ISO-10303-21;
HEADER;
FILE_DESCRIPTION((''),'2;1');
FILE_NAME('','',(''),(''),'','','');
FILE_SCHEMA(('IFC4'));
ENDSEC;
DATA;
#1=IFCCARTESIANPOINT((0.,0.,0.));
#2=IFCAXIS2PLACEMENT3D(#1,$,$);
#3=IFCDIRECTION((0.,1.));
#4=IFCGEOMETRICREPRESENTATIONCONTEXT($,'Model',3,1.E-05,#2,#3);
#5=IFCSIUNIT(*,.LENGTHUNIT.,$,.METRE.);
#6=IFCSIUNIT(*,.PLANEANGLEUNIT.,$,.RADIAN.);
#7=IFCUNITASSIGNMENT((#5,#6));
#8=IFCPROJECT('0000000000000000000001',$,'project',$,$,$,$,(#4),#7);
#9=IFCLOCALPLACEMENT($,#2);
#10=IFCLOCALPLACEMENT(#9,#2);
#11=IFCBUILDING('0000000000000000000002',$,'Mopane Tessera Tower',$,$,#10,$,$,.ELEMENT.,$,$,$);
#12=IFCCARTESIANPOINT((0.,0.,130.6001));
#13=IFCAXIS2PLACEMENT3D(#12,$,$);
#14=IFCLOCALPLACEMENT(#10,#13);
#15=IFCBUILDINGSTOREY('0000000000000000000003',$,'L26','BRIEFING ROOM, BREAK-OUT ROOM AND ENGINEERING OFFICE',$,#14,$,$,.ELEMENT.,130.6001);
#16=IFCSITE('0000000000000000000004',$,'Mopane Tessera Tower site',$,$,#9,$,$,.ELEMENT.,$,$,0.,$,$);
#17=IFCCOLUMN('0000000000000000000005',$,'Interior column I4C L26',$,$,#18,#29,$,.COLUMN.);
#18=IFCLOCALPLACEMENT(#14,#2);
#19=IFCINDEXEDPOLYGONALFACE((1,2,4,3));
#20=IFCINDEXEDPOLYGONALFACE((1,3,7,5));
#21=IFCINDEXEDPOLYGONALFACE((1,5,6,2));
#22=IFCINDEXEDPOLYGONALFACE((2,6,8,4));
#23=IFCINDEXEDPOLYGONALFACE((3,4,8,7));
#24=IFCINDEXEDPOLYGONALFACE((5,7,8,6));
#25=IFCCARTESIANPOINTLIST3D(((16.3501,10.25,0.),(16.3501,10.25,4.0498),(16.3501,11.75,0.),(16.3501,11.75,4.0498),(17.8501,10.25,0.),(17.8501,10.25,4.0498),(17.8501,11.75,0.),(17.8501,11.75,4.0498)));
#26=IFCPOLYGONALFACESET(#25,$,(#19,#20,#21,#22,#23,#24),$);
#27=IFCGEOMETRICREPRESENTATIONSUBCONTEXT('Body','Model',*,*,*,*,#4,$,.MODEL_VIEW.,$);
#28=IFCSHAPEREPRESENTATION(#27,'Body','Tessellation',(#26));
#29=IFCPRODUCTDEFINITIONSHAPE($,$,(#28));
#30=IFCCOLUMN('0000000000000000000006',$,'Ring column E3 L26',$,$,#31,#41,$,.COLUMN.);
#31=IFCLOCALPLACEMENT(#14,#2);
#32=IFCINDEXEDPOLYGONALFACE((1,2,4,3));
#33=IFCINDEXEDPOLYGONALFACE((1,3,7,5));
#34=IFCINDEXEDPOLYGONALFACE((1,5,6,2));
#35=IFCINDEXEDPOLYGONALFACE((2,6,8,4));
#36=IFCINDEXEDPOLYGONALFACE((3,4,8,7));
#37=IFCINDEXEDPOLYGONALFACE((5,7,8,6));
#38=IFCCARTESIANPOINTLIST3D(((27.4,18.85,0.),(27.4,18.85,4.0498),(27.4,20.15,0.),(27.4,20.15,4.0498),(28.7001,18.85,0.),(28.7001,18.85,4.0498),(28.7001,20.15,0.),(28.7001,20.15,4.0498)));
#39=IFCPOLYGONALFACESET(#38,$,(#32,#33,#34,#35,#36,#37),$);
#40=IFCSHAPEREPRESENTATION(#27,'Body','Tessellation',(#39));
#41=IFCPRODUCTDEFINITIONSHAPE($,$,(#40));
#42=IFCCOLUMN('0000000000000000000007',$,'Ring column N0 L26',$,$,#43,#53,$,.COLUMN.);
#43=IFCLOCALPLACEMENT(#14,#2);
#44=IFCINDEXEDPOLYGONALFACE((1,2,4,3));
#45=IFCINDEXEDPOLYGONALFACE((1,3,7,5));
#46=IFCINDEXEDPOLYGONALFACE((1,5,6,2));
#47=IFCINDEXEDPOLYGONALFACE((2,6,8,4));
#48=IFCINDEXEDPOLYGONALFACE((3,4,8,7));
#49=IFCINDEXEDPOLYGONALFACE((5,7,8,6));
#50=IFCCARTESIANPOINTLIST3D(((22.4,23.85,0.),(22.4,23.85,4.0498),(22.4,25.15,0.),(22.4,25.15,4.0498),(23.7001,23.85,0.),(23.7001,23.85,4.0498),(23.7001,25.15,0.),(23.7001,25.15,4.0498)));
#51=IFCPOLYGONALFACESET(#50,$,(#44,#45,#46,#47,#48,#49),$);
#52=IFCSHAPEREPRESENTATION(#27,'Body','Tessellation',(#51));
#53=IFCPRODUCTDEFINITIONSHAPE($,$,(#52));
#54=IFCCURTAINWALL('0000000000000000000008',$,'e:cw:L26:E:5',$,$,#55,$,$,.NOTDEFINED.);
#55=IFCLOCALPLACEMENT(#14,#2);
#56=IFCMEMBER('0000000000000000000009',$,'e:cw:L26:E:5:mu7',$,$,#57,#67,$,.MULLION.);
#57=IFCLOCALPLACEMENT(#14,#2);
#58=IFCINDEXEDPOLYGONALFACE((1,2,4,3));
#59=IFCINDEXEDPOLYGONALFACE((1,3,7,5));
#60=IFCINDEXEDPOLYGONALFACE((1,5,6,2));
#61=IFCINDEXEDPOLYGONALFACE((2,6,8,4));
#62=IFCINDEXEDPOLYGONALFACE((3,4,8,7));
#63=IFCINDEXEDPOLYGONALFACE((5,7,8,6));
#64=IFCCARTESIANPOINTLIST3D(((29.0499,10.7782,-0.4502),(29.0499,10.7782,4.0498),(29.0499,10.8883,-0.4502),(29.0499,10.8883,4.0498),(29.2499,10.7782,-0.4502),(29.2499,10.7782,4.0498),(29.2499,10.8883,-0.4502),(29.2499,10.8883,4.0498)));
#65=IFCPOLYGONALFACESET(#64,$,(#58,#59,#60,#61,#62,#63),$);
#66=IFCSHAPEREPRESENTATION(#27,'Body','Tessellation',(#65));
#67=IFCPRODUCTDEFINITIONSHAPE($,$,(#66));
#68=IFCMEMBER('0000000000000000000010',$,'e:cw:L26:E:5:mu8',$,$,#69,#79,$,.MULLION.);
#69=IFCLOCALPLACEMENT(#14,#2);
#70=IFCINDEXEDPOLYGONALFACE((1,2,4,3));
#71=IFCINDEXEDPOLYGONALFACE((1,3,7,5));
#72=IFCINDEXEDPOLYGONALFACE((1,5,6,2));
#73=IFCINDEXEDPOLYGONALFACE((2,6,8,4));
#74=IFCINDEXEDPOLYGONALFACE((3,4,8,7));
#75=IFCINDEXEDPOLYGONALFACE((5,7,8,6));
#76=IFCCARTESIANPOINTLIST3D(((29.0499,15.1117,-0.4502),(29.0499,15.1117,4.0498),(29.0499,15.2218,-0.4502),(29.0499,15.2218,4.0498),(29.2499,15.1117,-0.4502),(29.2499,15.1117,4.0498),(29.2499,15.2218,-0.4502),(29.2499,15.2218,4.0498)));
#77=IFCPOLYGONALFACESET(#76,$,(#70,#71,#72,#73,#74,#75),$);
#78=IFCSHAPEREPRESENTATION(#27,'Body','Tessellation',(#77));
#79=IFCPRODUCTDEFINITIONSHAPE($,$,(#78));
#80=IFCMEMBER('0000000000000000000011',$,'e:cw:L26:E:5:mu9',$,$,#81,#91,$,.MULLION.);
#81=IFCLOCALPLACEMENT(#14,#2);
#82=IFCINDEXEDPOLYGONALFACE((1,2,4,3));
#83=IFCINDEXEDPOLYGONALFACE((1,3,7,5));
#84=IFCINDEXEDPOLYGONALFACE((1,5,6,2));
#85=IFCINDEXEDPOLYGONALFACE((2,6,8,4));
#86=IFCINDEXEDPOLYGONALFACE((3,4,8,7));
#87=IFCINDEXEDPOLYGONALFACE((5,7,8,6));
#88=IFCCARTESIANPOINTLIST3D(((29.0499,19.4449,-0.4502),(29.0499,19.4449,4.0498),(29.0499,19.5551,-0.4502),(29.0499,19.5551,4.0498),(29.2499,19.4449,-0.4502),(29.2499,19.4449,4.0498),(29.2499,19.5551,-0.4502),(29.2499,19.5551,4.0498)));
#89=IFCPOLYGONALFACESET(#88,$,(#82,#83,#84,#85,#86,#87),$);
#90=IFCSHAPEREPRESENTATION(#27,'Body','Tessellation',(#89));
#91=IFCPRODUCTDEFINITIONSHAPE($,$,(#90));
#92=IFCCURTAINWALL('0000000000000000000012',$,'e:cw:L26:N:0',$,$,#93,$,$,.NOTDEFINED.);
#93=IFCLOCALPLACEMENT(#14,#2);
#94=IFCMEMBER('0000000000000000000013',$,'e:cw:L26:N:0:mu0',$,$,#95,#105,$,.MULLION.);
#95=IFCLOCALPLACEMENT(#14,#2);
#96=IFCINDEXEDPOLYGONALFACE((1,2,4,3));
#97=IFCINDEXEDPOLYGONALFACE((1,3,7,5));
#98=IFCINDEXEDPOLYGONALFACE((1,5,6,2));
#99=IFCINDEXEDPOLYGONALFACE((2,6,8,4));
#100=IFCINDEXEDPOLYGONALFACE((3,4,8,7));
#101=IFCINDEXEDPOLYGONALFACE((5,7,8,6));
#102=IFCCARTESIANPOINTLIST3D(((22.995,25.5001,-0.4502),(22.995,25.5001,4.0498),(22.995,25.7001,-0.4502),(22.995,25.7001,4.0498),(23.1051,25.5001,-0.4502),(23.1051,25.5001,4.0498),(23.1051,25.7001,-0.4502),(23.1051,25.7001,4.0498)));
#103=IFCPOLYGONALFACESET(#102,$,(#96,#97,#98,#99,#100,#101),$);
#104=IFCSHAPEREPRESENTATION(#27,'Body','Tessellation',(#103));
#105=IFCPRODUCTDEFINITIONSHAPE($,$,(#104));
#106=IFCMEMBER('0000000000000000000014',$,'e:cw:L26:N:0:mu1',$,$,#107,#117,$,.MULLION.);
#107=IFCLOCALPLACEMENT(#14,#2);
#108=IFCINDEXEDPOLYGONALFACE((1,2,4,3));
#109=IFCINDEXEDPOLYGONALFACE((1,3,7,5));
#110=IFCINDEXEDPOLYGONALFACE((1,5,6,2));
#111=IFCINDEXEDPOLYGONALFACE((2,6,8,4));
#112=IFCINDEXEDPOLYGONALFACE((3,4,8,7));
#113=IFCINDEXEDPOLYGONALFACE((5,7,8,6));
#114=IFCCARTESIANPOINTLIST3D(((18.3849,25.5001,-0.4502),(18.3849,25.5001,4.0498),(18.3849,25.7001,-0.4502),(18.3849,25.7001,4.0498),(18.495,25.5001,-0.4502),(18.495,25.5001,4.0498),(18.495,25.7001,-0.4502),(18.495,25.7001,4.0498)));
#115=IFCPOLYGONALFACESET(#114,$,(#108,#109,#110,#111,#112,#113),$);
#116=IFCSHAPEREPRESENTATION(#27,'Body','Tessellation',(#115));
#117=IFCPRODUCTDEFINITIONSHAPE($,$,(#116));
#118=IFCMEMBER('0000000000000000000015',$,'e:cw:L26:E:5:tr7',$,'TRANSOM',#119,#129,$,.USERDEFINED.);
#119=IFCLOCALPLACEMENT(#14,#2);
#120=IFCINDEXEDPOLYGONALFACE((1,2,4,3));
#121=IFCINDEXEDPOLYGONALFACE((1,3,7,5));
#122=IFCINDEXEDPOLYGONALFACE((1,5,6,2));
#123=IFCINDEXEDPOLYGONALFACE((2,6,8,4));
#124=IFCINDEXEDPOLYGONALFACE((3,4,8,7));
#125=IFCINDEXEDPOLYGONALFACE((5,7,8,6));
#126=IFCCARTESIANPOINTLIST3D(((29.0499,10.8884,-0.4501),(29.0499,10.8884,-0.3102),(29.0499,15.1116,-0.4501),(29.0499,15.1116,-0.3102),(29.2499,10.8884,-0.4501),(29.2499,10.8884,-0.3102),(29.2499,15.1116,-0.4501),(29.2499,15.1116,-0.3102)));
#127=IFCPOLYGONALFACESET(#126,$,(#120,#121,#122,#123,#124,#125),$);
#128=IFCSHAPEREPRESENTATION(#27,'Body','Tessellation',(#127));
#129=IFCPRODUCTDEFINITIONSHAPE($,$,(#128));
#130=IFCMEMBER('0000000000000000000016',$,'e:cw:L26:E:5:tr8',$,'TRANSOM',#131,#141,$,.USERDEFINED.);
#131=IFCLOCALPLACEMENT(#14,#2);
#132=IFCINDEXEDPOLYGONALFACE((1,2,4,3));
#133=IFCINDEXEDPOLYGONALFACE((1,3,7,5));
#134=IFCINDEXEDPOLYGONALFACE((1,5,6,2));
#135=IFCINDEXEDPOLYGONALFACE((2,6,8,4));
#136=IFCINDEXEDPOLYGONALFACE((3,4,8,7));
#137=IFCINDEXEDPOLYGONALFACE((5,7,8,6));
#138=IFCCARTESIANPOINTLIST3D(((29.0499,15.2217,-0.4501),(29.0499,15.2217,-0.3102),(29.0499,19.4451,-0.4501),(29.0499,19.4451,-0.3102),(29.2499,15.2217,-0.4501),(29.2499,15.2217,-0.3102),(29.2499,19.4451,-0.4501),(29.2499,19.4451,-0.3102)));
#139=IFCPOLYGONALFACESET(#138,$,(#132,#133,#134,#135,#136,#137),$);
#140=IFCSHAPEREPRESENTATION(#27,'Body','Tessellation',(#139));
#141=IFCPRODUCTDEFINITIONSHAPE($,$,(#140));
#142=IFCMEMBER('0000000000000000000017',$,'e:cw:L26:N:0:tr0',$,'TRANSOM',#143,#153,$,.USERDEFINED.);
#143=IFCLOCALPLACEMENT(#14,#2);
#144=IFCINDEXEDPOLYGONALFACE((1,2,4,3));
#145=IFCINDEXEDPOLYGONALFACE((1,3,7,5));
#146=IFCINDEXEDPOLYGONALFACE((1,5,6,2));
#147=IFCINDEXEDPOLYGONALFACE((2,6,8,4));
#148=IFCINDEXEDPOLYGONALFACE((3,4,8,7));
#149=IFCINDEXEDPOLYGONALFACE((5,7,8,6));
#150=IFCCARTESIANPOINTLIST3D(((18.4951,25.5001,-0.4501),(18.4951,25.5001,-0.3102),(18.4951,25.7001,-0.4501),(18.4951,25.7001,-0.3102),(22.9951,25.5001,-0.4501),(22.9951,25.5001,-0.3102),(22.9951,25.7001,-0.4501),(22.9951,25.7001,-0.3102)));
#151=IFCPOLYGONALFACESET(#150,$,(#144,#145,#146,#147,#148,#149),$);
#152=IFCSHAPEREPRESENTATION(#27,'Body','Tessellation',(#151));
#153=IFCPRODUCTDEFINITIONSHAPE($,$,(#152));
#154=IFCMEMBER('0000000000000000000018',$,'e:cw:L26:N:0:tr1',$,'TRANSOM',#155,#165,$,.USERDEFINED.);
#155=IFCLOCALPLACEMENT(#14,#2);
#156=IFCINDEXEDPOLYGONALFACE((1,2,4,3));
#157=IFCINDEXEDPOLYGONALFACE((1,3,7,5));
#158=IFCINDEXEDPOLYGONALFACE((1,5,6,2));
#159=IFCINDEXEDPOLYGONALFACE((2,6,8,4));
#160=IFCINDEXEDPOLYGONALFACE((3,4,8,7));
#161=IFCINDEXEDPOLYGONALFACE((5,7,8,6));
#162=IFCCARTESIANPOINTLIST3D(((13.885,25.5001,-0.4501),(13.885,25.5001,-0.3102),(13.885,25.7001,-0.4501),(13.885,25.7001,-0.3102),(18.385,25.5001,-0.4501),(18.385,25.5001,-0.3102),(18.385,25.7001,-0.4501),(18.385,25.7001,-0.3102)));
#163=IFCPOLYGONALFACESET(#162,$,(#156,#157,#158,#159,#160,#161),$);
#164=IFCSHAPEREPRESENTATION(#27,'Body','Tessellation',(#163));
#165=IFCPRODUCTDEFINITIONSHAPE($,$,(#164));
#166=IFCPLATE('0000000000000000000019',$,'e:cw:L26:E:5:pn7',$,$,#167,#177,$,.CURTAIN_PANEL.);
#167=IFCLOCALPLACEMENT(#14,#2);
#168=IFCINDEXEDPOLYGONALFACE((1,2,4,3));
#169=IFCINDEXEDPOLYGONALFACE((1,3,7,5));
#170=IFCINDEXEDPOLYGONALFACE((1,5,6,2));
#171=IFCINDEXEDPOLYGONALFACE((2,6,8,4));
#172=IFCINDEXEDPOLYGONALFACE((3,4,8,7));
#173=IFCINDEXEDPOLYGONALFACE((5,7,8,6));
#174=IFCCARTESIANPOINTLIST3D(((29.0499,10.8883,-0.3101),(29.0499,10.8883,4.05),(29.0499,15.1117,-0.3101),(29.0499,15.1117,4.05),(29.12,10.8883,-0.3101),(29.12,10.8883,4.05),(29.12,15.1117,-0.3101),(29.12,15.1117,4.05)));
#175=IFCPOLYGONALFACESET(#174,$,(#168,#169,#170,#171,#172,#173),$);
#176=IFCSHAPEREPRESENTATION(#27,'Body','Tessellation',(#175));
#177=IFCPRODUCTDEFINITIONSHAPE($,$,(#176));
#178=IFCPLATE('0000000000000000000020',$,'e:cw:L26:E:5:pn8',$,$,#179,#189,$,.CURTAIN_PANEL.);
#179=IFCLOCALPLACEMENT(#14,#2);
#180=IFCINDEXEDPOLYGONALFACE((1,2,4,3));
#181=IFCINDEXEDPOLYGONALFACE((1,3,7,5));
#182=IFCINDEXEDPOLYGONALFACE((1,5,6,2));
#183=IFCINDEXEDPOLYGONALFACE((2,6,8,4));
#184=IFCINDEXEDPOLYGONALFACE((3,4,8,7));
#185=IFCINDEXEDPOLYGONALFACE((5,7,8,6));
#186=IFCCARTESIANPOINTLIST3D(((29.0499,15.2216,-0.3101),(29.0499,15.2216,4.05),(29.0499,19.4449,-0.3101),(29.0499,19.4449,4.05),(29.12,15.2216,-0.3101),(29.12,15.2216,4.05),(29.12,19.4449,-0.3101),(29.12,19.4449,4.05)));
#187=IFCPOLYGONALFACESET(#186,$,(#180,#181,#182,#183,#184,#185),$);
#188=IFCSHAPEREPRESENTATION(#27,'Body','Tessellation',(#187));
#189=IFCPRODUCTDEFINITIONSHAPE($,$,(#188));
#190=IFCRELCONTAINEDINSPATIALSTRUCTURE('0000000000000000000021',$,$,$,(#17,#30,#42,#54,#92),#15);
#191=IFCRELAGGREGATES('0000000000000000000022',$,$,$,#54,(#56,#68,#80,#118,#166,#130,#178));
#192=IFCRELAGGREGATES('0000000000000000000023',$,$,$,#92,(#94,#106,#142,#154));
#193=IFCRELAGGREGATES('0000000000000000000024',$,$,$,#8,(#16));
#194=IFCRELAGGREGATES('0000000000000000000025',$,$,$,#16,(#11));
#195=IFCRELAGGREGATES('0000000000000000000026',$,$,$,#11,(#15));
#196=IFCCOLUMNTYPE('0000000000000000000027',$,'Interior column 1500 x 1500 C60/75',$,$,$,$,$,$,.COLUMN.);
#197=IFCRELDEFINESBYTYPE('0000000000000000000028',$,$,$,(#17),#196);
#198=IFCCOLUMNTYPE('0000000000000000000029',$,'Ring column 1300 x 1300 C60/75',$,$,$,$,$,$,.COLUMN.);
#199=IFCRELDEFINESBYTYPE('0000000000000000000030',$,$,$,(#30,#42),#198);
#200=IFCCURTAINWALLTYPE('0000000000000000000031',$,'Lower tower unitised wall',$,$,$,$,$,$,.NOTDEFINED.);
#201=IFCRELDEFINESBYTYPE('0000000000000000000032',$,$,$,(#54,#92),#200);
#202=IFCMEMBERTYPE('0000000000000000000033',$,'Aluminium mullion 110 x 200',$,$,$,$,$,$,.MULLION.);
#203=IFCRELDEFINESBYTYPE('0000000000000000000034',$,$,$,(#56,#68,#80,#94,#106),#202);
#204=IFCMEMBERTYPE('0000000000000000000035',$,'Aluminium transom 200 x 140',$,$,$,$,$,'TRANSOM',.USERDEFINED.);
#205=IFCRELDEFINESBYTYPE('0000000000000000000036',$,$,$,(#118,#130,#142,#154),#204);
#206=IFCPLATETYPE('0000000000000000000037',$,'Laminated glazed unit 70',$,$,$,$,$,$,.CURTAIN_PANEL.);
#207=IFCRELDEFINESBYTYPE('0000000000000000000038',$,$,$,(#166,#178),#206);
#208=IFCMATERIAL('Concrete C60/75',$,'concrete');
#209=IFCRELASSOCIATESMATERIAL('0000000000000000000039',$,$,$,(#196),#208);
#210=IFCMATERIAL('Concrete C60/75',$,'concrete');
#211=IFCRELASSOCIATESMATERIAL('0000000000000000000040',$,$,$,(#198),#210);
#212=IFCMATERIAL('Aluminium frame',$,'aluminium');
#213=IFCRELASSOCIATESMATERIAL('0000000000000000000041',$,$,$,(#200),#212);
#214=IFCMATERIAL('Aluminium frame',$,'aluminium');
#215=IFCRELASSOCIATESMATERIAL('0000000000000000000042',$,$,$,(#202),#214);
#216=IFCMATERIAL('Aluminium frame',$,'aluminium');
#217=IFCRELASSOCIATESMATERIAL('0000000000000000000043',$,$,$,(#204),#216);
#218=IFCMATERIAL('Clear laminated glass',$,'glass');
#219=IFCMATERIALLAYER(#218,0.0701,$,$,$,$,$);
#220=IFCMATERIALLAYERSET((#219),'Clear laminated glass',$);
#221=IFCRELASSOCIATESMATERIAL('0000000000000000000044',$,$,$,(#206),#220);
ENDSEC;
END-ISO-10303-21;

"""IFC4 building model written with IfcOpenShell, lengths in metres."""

from ifc_helpers import new_model, si_unit, direction, frame, origin, origin_2d, place, context, subcontext, project, spatial, rectangle, extrude, material, layer, layer_set, material_profile, profile_set, type_object, element, aggregate, save


model = new_model("IFC4")

# Units and contexts
model_context = context("Model", 3, precision=1e-05, world=origin(), true_north=direction((0.0, 1.0)))
body_context = subcontext(model_context, "Body", "Model", "MODEL_VIEW")
ifc_project = project(units=[si_unit("LENGTHUNIT", "METRE"), si_unit("PLANEANGLEUNIT", "RADIAN")], contexts=[model_context])

# Site, building, storey
site_placement = place(None, origin())
site = spatial("IfcSite", under=ifc_project, at=site_placement, Name="Mopane Tessera Tower site", CompositionType="ELEMENT", RefElevation=0.0)
building_placement = place(site_placement, origin())
building = spatial("IfcBuilding", under=site, at=building_placement, Name="Mopane Tessera Tower", CompositionType="ELEMENT")
storey_placement = place(building_placement, frame((0.0, 0.0, 130.6001)))
storey = spatial("IfcBuildingStorey", under=building, at=storey_placement, Name="L26", Description="BRIEFING ROOM, BREAK-OUT ROOM AND ENGINEERING OFFICE", CompositionType="ELEMENT", Elevation=130.6001)

# Columns
ifc_material_1 = material(Name="Concrete C60/75", Category="concrete")
ifc_material_profile_1 = material_profile(ifc_material_1, rectangle(XDim=1.5, YDim=1.5, at=origin_2d()))
ifc_profile_set_1 = profile_set([ifc_material_profile_1], Name="Concrete C60/75")
column_type_1 = type_object("IfcColumnType", Name="Interior column 1500 x 1500 C60/75", PredefinedType="COLUMN", material=ifc_profile_set_1)
column_placement = place(storey_placement, frame((17.1001, 11.0, 0.0), z_axis=(0.0, 0.0, 1.0), x_axis=(1.0, 0.0, 0.0)))
element("IfcColumn", 1, at=column_placement, inside=storey, type_object=column_type_1, Name="Interior column I4C L26", PredefinedType="COLUMN", context=body_context, shape_type="SweptSolid", body=[
    extrude(rectangle(XDim=1.5, YDim=1.5, at=origin_2d()), origin(), (0.0, 0.0, 1.0), 4.0498),
])
ifc_material_2 = material(Name="Concrete C60/75", Category="concrete")
ifc_material_profile_2 = material_profile(ifc_material_2, rectangle(XDim=1.3, YDim=1.3, at=origin_2d()))
ifc_profile_set_2 = profile_set([ifc_material_profile_2], Name="Concrete C60/75")
column_type_2 = type_object("IfcColumnType", Name="Ring column 1300 x 1300 C60/75", PredefinedType="COLUMN", material=ifc_profile_set_2)
for number, where, z_axis, x_axis, name in (
    (2, (28.05, 19.5, 0.0), (0.0, 0.0, 1.0), (1.0, 0.0, 0.0), "Ring column E3 L26"),
    (3, (23.05, 24.5, 0.0), (0.0, 0.0, 1.0), (1.0, 0.0, 0.0), "Ring column N0 L26"),
):
    element("IfcColumn", number, at=place(storey_placement, frame(where, z_axis=z_axis, x_axis=x_axis)), inside=storey, type_object=column_type_2, Name=name, PredefinedType="COLUMN", context=body_context, shape_type="SweptSolid", body=[
        extrude(rectangle(XDim=1.3, YDim=1.3, at=origin_2d()), origin(), (0.0, 0.0, 1.0), 4.0498),
    ])

# Curtain walls, members
ifc_material_3 = material(Name="Aluminium frame", Category="aluminium")
curtain_wall_type = type_object("IfcCurtainWallType", Name="Lower tower unitised wall", PredefinedType="NOTDEFINED", material=ifc_material_3)
curtain_wall_1_placement = place(storey_placement, origin())
curtain_wall_1 = element("IfcCurtainWall", 4, at=curtain_wall_1_placement, inside=storey, type_object=curtain_wall_type, Name="e:cw:L26:E:5", PredefinedType="NOTDEFINED")
ifc_material_4 = material(Name="Aluminium frame", Category="aluminium")
ifc_material_profile_3 = material_profile(ifc_material_4, rectangle(XDim=0.1101, YDim=0.2, at=origin_2d()))
ifc_profile_set_3 = profile_set([ifc_material_profile_3], Name="Aluminium frame")
member_type_1 = type_object("IfcMemberType", Name="Aluminium mullion 110 x 200", PredefinedType="MULLION", material=ifc_profile_set_3)
member_1_placement = place(storey_placement, frame((29.1499, 10.8333, -0.4502), z_axis=(0.0, 0.0, 1.0), x_axis=(0.0, 1.0, 0.0)))
member_1 = element("IfcMember", 5, at=member_1_placement, type_object=member_type_1, Name="e:cw:L26:E:5:mu7", PredefinedType="MULLION", context=body_context, shape_type="SweptSolid", body=[
    extrude(rectangle(XDim=0.1101, YDim=0.2, at=origin_2d()), origin(), (0.0, 0.0, 1.0), 4.5),
])
member_2_placement = place(storey_placement, frame((29.1499, 15.1667, -0.4502), z_axis=(0.0, 0.0, 1.0), x_axis=(0.0, 1.0, 0.0)))
member_2 = element("IfcMember", 6, at=member_2_placement, type_object=member_type_1, Name="e:cw:L26:E:5:mu8", PredefinedType="MULLION", context=body_context, shape_type="SweptSolid", body=[
    extrude(rectangle(XDim=0.1101, YDim=0.2, at=origin_2d()), origin(), (0.0, 0.0, 1.0), 4.5),
])
member_3_placement = place(storey_placement, frame((29.1499, 19.5, -0.4502), z_axis=(0.0, 0.0, 1.0), x_axis=(0.0, 1.0, 0.0)))
member_3 = element("IfcMember", 7, at=member_3_placement, type_object=member_type_1, Name="e:cw:L26:E:5:mu9", PredefinedType="MULLION", context=body_context, shape_type="SweptSolid", body=[
    extrude(rectangle(XDim=0.1101, YDim=0.2, at=origin_2d()), origin(), (0.0, 0.0, 1.0), 4.5),
])
curtain_wall_2_placement = place(storey_placement, origin())
curtain_wall_2 = element("IfcCurtainWall", 8, at=curtain_wall_2_placement, inside=storey, type_object=curtain_wall_type, Name="e:cw:L26:N:0", PredefinedType="NOTDEFINED")
member_4_placement = place(storey_placement, frame((23.05, 25.6001, -0.4502), z_axis=(0.0, 0.0, 1.0), x_axis=(-1.0, 0.0, 0.0)))
member_4 = element("IfcMember", 9, at=member_4_placement, type_object=member_type_1, Name="e:cw:L26:N:0:mu0", PredefinedType="MULLION", context=body_context, shape_type="SweptSolid", body=[
    extrude(rectangle(XDim=0.1101, YDim=0.2, at=origin_2d()), origin(), (0.0, 0.0, 1.0), 4.5),
])
member_5_placement = place(storey_placement, frame((18.4399, 25.6001, -0.4502), z_axis=(0.0, 0.0, 1.0), x_axis=(-1.0, 0.0, 0.0)))
member_5 = element("IfcMember", 10, at=member_5_placement, type_object=member_type_1, Name="e:cw:L26:N:0:mu1", PredefinedType="MULLION", context=body_context, shape_type="SweptSolid", body=[
    extrude(rectangle(XDim=0.1101, YDim=0.2, at=origin_2d()), origin(), (0.0, 0.0, 1.0), 4.5),
])

# Members
ifc_material_5 = material(Name="Aluminium frame", Category="aluminium")
ifc_material_profile_4 = material_profile(ifc_material_5, rectangle(XDim=0.2, YDim=0.1399, at=origin_2d()))
ifc_profile_set_4 = profile_set([ifc_material_profile_4], Name="Aluminium frame")
member_type_2 = type_object("IfcMemberType", Name="Aluminium transom 200 x 140", ElementType="TRANSOM", PredefinedType="USERDEFINED", material=ifc_profile_set_4)
member_6_placement = place(storey_placement, frame((29.1499, 10.8884, -0.3801), z_axis=(0.0, 1.0, 0.0), x_axis=(-1.0, 0.0, 0.0)))
member_6 = element("IfcMember", 11, at=member_6_placement, type_object=member_type_2, Name="e:cw:L26:E:5:tr7", ObjectType="TRANSOM", PredefinedType="USERDEFINED", context=body_context, shape_type="SweptSolid", body=[
    extrude(rectangle(XDim=0.2, YDim=0.1399, at=origin_2d()), origin(), (0.0, 0.0, 1.0), 4.2231),
])
member_7_placement = place(storey_placement, frame((29.1499, 15.2217, -0.3801), z_axis=(0.0, 1.0, 0.0), x_axis=(-1.0, 0.0, 0.0)))
member_7 = element("IfcMember", 12, at=member_7_placement, type_object=member_type_2, Name="e:cw:L26:E:5:tr8", ObjectType="TRANSOM", PredefinedType="USERDEFINED", context=body_context, shape_type="SweptSolid", body=[
    extrude(rectangle(XDim=0.2, YDim=0.1399, at=origin_2d()), origin(), (0.0, 0.0, 1.0), 4.2234),
])
member_8_placement = place(storey_placement, frame((22.9951, 25.6001, -0.3801), z_axis=(-1.0, 0.0, 0.0), x_axis=(0.0, -1.0, 0.0)))
member_8 = element("IfcMember", 13, at=member_8_placement, type_object=member_type_2, Name="e:cw:L26:N:0:tr0", ObjectType="TRANSOM", PredefinedType="USERDEFINED", context=body_context, shape_type="SweptSolid", body=[
    extrude(rectangle(XDim=0.2, YDim=0.1399, at=origin_2d()), origin(), (0.0, 0.0, 1.0), 4.5),
])
member_9_placement = place(storey_placement, frame((18.385, 25.6001, -0.3801), z_axis=(-1.0, 0.0, 0.0), x_axis=(0.0, -1.0, 0.0)))
member_9 = element("IfcMember", 14, at=member_9_placement, type_object=member_type_2, Name="e:cw:L26:N:0:tr1", ObjectType="TRANSOM", PredefinedType="USERDEFINED", context=body_context, shape_type="SweptSolid", body=[
    extrude(rectangle(XDim=0.2, YDim=0.1399, at=origin_2d()), origin(), (0.0, 0.0, 1.0), 4.5),
])

# Plates
ifc_material_6 = material(Name="Clear laminated glass", Category="glass")
ifc_layer_1 = layer(ifc_material_6, 0.0701)
ifc_layer_set_1 = layer_set([ifc_layer_1], Name="Clear laminated glass")
plate_type = type_object("IfcPlateType", Name="Laminated glazed unit 70", PredefinedType="CURTAIN_PANEL", material=ifc_layer_set_1)
plate_1_placement = place(storey_placement, frame((29.085, 13.0, -0.3101), z_axis=(0.0, 0.0, 1.0), x_axis=(0.0, 1.0, 0.0)))
plate_1 = element("IfcPlate", 15, at=plate_1_placement, type_object=plate_type, Name="e:cw:L26:E:5:pn7", PredefinedType="CURTAIN_PANEL", context=body_context, shape_type="SweptSolid", body=[
    extrude(rectangle(XDim=4.2234, YDim=0.0701, at=origin_2d()), origin(), (0.0, 0.0, 1.0), 4.3601),
])
plate_2_placement = place(storey_placement, frame((29.085, 17.3333, -0.3101), z_axis=(0.0, 0.0, 1.0), x_axis=(0.0, 1.0, 0.0)))
plate_2 = element("IfcPlate", 16, at=plate_2_placement, type_object=plate_type, Name="e:cw:L26:E:5:pn8", PredefinedType="CURTAIN_PANEL", context=body_context, shape_type="SweptSolid", body=[
    extrude(rectangle(XDim=4.2234, YDim=0.0701, at=origin_2d()), origin(), (0.0, 0.0, 1.0), 4.3601),
])
aggregate(curtain_wall_1, [member_1, member_2, member_3, member_6, plate_1, member_7, plate_2])
aggregate(curtain_wall_2, [member_4, member_5, member_8, member_9])

save(model, "model.ifc")
